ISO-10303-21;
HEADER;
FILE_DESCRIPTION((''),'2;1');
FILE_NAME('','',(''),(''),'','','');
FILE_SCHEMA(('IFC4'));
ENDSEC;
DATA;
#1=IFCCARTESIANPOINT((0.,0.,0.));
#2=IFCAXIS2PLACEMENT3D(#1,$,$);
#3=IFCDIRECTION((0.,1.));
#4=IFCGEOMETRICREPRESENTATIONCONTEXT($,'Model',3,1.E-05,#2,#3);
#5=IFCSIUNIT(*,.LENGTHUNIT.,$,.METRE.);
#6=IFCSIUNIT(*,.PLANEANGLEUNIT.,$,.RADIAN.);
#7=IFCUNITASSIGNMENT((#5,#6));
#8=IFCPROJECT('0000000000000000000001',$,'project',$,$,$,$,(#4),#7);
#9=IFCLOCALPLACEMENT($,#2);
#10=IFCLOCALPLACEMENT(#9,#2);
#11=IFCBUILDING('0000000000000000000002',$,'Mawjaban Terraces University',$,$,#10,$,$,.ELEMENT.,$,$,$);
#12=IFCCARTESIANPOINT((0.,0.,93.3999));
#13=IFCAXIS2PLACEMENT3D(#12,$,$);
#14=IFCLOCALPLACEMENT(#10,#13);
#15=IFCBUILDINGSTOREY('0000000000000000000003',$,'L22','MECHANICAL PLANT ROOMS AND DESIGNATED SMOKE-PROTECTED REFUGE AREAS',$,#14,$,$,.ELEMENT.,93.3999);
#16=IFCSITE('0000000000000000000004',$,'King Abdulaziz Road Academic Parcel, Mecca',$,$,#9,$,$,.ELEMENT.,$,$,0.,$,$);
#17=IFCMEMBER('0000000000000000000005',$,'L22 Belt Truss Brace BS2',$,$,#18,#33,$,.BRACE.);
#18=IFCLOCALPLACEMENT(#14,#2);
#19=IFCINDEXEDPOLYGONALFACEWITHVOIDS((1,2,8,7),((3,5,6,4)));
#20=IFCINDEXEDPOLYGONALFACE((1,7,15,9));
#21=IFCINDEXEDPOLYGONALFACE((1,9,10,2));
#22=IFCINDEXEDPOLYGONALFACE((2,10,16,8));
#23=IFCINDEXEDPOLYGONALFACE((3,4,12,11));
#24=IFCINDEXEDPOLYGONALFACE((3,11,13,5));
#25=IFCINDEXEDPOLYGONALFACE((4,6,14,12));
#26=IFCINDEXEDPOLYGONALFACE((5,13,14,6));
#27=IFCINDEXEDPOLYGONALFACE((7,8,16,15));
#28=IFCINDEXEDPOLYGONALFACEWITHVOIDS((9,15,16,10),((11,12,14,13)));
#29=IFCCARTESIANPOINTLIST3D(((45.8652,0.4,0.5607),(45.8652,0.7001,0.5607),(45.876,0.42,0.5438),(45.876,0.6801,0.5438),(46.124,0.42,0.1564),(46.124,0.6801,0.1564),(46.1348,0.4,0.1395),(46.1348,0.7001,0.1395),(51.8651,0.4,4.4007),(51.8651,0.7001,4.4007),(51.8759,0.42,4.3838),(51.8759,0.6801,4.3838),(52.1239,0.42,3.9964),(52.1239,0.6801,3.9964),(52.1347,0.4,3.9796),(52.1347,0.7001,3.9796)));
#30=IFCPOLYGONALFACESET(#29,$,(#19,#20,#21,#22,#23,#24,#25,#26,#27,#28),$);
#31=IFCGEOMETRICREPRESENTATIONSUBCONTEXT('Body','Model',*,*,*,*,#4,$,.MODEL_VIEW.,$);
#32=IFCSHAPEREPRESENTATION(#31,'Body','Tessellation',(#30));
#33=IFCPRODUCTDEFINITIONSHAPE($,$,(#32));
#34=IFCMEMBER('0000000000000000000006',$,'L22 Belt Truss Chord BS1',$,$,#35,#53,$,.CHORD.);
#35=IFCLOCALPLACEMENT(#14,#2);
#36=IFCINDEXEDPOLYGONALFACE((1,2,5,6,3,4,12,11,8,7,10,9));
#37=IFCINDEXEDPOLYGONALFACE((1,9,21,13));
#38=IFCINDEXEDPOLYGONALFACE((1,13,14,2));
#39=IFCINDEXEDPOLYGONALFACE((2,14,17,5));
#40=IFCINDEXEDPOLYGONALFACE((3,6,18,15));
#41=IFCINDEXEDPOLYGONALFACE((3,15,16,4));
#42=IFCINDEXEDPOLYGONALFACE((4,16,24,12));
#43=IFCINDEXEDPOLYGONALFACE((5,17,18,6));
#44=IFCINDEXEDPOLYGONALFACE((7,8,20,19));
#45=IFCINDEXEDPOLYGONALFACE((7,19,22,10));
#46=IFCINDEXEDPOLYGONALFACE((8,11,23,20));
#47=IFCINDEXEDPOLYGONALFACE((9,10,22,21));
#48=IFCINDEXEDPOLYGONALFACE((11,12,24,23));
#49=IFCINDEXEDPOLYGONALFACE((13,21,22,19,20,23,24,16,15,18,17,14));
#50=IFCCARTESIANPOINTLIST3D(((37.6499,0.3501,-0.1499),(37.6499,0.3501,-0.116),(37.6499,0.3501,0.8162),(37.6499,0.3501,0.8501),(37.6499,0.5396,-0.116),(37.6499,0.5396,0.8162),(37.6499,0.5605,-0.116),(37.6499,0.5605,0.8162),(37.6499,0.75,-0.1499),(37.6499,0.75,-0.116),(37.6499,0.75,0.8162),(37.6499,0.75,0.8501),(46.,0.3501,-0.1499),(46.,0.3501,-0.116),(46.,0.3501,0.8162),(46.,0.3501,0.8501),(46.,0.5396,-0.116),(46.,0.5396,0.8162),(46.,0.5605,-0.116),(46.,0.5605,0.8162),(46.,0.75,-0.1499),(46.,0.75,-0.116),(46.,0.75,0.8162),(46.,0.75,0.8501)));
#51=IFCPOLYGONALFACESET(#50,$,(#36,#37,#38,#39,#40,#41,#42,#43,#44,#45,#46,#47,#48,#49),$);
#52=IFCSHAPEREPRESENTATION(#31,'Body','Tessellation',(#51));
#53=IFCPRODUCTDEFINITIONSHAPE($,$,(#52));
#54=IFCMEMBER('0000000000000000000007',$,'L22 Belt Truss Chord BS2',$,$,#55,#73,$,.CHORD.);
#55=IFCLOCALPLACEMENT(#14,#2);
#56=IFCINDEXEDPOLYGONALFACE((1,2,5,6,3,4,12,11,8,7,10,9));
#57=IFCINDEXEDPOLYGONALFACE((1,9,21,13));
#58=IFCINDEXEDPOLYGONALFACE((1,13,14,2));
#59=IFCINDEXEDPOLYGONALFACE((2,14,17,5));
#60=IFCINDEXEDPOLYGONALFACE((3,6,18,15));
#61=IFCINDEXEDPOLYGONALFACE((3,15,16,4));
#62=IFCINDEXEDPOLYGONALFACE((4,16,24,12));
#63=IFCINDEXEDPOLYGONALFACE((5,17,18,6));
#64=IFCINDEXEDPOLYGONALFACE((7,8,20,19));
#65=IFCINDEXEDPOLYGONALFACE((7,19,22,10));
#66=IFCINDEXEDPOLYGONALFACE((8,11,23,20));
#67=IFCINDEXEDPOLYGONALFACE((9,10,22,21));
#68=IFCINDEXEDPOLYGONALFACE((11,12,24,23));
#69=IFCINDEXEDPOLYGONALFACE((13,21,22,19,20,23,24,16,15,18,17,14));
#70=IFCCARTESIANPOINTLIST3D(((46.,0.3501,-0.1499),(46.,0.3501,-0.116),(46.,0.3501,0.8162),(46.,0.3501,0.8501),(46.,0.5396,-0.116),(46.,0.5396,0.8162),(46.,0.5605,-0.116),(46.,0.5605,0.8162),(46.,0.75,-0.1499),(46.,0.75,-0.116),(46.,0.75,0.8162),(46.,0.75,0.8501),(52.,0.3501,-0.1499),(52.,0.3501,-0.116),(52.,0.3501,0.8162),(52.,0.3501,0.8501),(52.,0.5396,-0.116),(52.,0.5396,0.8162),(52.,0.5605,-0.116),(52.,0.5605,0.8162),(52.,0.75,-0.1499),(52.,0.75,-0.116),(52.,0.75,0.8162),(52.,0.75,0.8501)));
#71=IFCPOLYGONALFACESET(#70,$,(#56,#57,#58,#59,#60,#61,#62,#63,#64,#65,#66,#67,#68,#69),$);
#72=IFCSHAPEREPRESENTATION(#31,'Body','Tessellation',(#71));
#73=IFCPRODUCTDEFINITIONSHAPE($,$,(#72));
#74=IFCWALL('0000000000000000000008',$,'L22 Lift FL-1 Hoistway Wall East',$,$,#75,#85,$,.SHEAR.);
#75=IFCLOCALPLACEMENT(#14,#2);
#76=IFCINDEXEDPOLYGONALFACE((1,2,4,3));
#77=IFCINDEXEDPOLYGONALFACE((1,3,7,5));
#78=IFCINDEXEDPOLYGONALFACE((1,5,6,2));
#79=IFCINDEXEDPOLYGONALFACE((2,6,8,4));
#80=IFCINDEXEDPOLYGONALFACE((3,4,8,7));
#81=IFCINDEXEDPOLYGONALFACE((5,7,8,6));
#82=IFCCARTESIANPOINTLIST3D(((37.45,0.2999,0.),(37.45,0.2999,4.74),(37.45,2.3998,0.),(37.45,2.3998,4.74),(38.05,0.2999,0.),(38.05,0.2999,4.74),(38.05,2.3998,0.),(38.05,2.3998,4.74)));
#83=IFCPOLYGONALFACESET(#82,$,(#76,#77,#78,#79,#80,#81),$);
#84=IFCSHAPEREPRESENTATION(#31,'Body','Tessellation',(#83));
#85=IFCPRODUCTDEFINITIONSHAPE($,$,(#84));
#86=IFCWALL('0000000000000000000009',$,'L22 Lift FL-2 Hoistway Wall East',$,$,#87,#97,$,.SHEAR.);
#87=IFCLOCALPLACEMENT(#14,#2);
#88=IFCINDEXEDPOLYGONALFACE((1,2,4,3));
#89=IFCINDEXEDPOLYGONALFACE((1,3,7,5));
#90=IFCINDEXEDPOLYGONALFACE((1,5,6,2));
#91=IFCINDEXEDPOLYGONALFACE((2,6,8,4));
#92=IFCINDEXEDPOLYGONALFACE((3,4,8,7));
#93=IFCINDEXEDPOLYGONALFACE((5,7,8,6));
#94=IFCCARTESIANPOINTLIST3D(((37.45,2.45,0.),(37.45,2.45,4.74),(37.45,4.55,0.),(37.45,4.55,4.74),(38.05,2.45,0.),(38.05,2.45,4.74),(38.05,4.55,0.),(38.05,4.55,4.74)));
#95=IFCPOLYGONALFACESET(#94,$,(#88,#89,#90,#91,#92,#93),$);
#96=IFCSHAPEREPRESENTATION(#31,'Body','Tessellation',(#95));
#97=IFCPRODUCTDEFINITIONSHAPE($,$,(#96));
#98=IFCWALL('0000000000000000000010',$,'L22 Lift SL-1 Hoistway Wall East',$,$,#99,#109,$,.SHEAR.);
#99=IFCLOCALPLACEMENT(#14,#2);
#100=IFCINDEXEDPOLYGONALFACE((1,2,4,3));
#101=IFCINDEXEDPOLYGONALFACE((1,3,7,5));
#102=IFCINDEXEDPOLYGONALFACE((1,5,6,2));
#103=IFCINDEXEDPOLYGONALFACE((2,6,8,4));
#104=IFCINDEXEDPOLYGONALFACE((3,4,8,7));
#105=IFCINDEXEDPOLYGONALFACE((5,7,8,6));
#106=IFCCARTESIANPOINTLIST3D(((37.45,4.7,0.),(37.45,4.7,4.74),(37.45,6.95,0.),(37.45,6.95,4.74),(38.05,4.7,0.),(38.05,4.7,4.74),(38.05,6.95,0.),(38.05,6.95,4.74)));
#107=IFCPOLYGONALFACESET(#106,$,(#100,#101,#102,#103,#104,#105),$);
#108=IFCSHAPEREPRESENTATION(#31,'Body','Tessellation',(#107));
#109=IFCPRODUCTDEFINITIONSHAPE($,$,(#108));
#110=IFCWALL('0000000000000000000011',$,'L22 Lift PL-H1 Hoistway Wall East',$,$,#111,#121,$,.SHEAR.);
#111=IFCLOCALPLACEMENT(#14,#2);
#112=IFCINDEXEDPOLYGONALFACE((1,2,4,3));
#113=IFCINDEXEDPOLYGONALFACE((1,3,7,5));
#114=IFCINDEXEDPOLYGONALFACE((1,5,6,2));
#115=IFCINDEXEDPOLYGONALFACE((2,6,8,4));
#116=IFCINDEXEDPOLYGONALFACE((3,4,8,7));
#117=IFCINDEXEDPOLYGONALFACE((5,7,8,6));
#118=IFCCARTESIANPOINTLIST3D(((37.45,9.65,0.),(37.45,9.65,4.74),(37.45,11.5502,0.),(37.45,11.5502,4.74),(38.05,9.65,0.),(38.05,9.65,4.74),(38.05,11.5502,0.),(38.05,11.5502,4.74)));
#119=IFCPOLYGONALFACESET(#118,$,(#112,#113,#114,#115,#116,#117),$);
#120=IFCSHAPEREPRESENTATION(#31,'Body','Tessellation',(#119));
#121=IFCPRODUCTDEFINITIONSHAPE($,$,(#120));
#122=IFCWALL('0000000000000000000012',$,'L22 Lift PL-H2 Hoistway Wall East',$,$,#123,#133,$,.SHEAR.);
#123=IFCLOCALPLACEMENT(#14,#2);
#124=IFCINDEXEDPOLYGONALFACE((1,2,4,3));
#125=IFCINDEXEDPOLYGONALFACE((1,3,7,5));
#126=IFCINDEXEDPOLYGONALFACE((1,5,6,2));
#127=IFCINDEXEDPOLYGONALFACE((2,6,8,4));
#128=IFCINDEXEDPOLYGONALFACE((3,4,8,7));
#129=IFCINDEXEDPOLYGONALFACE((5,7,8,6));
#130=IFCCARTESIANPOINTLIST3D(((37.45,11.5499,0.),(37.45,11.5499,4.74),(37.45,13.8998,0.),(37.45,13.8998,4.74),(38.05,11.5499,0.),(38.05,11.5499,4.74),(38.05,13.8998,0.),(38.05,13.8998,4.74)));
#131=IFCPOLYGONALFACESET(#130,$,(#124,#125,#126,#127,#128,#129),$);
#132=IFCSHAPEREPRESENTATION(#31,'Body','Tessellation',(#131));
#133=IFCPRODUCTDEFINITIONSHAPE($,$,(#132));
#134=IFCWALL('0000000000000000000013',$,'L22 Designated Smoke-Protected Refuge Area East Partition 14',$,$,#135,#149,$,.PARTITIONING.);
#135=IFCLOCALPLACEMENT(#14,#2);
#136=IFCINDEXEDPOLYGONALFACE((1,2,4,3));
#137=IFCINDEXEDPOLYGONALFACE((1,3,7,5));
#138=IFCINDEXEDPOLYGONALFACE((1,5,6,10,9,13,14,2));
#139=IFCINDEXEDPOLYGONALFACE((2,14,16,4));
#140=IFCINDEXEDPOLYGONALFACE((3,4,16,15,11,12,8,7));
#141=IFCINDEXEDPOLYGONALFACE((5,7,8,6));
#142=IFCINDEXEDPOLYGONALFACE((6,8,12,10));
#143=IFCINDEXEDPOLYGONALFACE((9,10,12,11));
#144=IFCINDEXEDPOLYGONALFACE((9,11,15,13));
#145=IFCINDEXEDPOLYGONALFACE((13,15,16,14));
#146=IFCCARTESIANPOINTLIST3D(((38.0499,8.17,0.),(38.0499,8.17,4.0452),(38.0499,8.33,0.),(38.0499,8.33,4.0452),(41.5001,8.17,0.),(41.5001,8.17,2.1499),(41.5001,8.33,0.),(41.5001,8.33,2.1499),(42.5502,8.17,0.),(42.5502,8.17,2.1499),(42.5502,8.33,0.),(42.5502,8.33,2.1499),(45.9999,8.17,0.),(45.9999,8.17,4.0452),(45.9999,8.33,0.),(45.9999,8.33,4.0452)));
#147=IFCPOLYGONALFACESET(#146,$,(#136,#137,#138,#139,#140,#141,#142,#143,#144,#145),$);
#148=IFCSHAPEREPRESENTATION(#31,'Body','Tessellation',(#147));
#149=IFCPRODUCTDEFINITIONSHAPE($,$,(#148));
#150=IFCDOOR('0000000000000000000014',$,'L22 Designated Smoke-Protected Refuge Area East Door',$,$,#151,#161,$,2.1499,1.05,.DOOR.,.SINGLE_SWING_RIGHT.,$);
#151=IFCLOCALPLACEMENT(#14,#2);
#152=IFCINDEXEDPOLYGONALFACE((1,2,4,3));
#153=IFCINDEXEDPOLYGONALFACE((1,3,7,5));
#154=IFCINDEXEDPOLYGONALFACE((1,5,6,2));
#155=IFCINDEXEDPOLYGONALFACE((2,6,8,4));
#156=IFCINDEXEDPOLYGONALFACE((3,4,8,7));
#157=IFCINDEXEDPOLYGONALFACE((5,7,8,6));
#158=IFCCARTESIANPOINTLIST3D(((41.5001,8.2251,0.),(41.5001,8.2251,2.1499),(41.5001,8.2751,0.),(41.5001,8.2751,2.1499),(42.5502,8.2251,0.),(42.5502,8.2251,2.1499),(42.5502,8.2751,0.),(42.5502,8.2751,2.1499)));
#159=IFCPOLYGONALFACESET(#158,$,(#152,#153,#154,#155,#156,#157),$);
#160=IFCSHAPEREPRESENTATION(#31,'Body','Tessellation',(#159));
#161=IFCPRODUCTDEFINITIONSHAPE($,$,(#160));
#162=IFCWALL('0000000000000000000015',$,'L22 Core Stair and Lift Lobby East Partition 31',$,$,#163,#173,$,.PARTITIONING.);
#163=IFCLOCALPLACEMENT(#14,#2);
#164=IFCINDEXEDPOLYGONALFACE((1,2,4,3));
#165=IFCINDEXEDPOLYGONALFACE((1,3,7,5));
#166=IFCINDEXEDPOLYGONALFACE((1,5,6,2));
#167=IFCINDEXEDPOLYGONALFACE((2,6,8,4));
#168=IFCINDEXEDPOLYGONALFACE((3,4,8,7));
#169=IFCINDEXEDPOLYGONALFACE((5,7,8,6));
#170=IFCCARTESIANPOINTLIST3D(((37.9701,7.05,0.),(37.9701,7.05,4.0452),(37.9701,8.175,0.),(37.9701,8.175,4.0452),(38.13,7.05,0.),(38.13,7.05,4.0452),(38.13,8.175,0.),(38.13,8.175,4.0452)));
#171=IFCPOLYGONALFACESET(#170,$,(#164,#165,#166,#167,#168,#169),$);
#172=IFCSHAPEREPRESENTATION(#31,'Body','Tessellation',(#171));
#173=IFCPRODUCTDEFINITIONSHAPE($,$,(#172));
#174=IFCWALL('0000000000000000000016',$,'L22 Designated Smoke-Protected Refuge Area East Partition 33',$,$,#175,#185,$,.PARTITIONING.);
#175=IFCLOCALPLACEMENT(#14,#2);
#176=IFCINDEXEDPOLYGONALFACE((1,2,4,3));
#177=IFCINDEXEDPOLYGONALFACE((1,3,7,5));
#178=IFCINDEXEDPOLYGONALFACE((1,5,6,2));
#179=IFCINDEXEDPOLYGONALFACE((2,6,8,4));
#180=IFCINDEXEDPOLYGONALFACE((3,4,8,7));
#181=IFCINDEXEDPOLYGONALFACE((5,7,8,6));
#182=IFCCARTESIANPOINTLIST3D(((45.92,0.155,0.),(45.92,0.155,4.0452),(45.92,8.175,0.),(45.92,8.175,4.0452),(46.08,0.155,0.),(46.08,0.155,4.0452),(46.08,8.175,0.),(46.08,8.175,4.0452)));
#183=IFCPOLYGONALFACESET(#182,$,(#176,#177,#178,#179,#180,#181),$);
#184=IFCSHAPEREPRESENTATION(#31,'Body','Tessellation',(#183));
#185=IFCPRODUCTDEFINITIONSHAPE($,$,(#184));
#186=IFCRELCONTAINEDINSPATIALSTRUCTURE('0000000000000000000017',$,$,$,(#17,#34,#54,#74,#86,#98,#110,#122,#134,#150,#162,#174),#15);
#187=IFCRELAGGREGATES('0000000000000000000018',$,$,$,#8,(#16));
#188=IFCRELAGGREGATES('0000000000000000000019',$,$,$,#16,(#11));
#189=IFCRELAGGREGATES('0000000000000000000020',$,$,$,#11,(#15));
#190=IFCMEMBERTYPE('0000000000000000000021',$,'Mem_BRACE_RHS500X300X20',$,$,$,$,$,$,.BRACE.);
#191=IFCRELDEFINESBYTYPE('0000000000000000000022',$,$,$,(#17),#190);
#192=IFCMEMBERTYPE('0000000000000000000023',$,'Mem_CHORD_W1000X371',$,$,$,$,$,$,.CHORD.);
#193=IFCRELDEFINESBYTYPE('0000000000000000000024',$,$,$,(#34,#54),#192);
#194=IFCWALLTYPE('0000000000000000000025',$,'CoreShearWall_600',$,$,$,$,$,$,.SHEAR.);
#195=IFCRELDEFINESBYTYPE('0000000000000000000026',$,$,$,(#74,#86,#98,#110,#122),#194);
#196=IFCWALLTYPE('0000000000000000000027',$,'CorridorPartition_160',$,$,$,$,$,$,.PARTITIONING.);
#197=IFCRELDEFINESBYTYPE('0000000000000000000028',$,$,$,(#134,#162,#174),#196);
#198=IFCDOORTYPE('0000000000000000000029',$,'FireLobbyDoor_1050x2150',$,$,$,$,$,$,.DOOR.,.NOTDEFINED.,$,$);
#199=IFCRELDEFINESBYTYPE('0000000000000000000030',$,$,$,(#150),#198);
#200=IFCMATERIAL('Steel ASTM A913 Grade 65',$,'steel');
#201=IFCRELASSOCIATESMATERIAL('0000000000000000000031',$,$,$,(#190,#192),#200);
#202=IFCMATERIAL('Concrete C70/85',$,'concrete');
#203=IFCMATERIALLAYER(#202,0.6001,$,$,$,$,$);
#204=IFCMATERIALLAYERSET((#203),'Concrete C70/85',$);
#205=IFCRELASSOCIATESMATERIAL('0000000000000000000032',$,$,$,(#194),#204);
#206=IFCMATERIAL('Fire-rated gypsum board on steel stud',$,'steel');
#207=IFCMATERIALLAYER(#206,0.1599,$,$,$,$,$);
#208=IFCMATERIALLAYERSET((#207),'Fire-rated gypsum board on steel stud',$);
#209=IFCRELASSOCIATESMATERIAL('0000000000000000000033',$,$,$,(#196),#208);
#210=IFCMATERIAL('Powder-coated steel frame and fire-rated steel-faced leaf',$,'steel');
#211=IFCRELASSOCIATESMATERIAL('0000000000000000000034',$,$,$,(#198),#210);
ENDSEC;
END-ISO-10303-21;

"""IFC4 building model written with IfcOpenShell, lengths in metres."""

from ifc_helpers import new_model, si_unit, direction, frame, frame_2d, origin, origin_2d, place, context, subcontext, project, spatial, rectangle, hollow_rectangle, i_section, extrude, material, layer, layer_set, material_profile, profile_set, type_object, element, fill, save


model = new_model("IFC4")

# Units and contexts
model_context = context("Model", 3, precision=1e-05, world=origin(), true_north=direction((0.0, 1.0)))
body_context = subcontext(model_context, "Body", "Model", "MODEL_VIEW")
ifc_project = project(units=[si_unit("LENGTHUNIT", "METRE"), si_unit("PLANEANGLEUNIT", "RADIAN")], contexts=[model_context])

# Site, building, storey
site_placement = place(None, origin())
site = spatial("IfcSite", under=ifc_project, at=site_placement, Name="King Abdulaziz Road Academic Parcel, Mecca", CompositionType="ELEMENT", RefElevation=0.0)
building_placement = place(site_placement, origin())
building = spatial("IfcBuilding", under=site, at=building_placement, Name="Mawjaban Terraces University", CompositionType="ELEMENT")
storey_placement = place(building_placement, frame((0.0, 0.0, 93.3999)))
storey = spatial("IfcBuildingStorey", under=building, at=storey_placement, Name="L22", Description="MECHANICAL PLANT ROOMS AND DESIGNATED SMOKE-PROTECTED REFUGE AREAS", CompositionType="ELEMENT", Elevation=93.3999)

# Shared definitions
ifc_material_1 = material(Name="Concrete C70/85", Category="concrete")

# Members
ifc_material_2 = material(Name="Steel ASTM A913 Grade 65", Category="steel")
ifc_material_profile_1 = material_profile(ifc_material_2, hollow_rectangle(XDim=0.3, YDim=0.5, WallThickness=0.02, at=origin_2d()), Name="RHS500X300X20")
ifc_profile_set_1 = profile_set([ifc_material_profile_1], Name="Steel ASTM A913 Grade 65")
member_type_1 = type_object("IfcMemberType", Name="Mem_BRACE_RHS500X300X20", PredefinedType="BRACE", material=ifc_profile_set_1)
member_1_placement = place(storey_placement, frame((46.0, 0.55, 0.3501), z_axis=(0.842266, 0.0, 0.539062), x_axis=(0.0, 1.0, 0.0)))
element("IfcMember", 1, at=member_1_placement, inside=storey, type_object=member_type_1, Name="L22 Belt Truss Brace BS2", PredefinedType="BRACE", context=body_context, shape_type="SweptSolid", body=[
    extrude(hollow_rectangle(XDim=0.3, YDim=0.5, WallThickness=0.02, at=origin_2d()), origin(), (0.0, 0.0, 1.0), 7.1235),
])
ifc_material_profile_2 = material_profile(ifc_material_2, i_section(OverallWidth=0.3999, OverallDepth=1.0, WebThickness=0.021, FlangeThickness=0.0339, at=origin_2d()), Name="W1000X371")
ifc_profile_set_2 = profile_set([ifc_material_profile_2], Name="Steel ASTM A913 Grade 65")
member_type_2 = type_object("IfcMemberType", Name="Mem_CHORD_W1000X371", PredefinedType="CHORD", material=ifc_profile_set_2)
member_2_placement = place(storey_placement, frame((37.6499, 0.55, 0.3501), z_axis=(1.0, 0.0, 0.0), x_axis=(0.0, 1.0, 0.0)))
element("IfcMember", 2, at=member_2_placement, inside=storey, type_object=member_type_2, Name="L22 Belt Truss Chord BS1", PredefinedType="CHORD", context=body_context, shape_type="SweptSolid", body=[
    extrude(i_section(OverallWidth=0.3999, OverallDepth=1.0, WebThickness=0.021, FlangeThickness=0.0339, at=origin_2d()), origin(), (0.0, 0.0, 1.0), 8.3501),
])
member_3_placement = place(storey_placement, frame((46.0, 0.55, 0.3501), z_axis=(1.0, 0.0, 0.0), x_axis=(0.0, 1.0, 0.0)))
element("IfcMember", 3, at=member_3_placement, inside=storey, type_object=member_type_2, Name="L22 Belt Truss Chord BS2", PredefinedType="CHORD", context=body_context, shape_type="SweptSolid", body=[
    extrude(i_section(OverallWidth=0.3999, OverallDepth=1.0, WebThickness=0.021, FlangeThickness=0.0339, at=origin_2d()), origin(), (0.0, 0.0, 1.0), 6.0),
])

# Walls
ifc_layer_1 = layer(ifc_material_1, 0.6001)
ifc_layer_set_1 = layer_set([ifc_layer_1], Name="Concrete C70/85")
wall_type_1 = type_object("IfcWallType", Name="CoreShearWall_600", PredefinedType="SHEAR", material=ifc_layer_set_1)
wall_1_placement = place(storey_placement, frame((37.75, 0.3, 0.0), z_axis=(0.0, 0.0, 1.0), x_axis=(0.0, 1.0, 0.0)))
element("IfcWall", 4, at=wall_1_placement, inside=storey, type_object=wall_type_1, Name="L22 Lift FL-1 Hoistway Wall East", PredefinedType="SHEAR", context=body_context, shape_type="SweptSolid", body=[
    extrude(rectangle(XDim=2.0999, YDim=0.6001, at=frame_2d((1.0498, 0.0))), origin(), (0.0, 0.0, 1.0), 4.74),
])
wall_2_placement = place(storey_placement, frame((37.75, 2.45, 0.0), z_axis=(0.0, 0.0, 1.0), x_axis=(0.0, 1.0, 0.0)))
element("IfcWall", 5, at=wall_2_placement, inside=storey, type_object=wall_type_1, Name="L22 Lift FL-2 Hoistway Wall East", PredefinedType="SHEAR", context=body_context, shape_type="SweptSolid", body=[
    extrude(rectangle(XDim=2.1001, YDim=0.6001, at=frame_2d((1.05, 0.0))), origin(), (0.0, 0.0, 1.0), 4.74),
])
wall_3_placement = place(storey_placement, frame((37.75, 4.7, 0.0), z_axis=(0.0, 0.0, 1.0), x_axis=(0.0, 1.0, 0.0)))
element("IfcWall", 6, at=wall_3_placement, inside=storey, type_object=wall_type_1, Name="L22 Lift SL-1 Hoistway Wall East", PredefinedType="SHEAR", context=body_context, shape_type="SweptSolid", body=[
    extrude(rectangle(XDim=2.25, YDim=0.6001, at=frame_2d((1.125, 0.0))), origin(), (0.0, 0.0, 1.0), 4.74),
])
wall_4_placement = place(storey_placement, frame((37.75, 9.6499, 0.0), z_axis=(0.0, 0.0, 1.0), x_axis=(0.0, 1.0, 0.0)))
element("IfcWall", 7, at=wall_4_placement, inside=storey, type_object=wall_type_1, Name="L22 Lift PL-H1 Hoistway Wall East", PredefinedType="SHEAR", context=body_context, shape_type="SweptSolid", body=[
    extrude(rectangle(XDim=1.9001, YDim=0.6001, at=frame_2d((0.9502, 0.0))), origin(), (0.0, 0.0, 1.0), 4.74),
])
wall_5_placement = place(storey_placement, frame((37.75, 11.55, 0.0), z_axis=(0.0, 0.0, 1.0), x_axis=(0.0, 1.0, 0.0)))
element("IfcWall", 8, at=wall_5_placement, inside=storey, type_object=wall_type_1, Name="L22 Lift PL-H2 Hoistway Wall East", PredefinedType="SHEAR", context=body_context, shape_type="SweptSolid", body=[
    extrude(rectangle(XDim=2.3499, YDim=0.6001, at=frame_2d((1.1748, 0.0))), origin(), (0.0, 0.0, 1.0), 4.74),
])

# Wall, opening, door
ifc_material_3 = material(Name="Fire-rated gypsum board on steel stud", Category="steel")
ifc_layer_2 = layer(ifc_material_3, 0.1599)
ifc_layer_set_2 = layer_set([ifc_layer_2], Name="Fire-rated gypsum board on steel stud")
wall_type_2 = type_object("IfcWallType", Name="CorridorPartition_160", PredefinedType="PARTITIONING", material=ifc_layer_set_2)
wall_6_placement = place(storey_placement, frame((46.0, 8.25, 0.0), z_axis=(0.0, 0.0, 1.0), x_axis=(-1.0, 0.0, 0.0)))
wall_6 = element("IfcWall", 9, at=wall_6_placement, inside=storey, type_object=wall_type_2, Name="L22 Designated Smoke-Protected Refuge Area East Partition 14", PredefinedType="PARTITIONING", context=body_context, shape_type="SweptSolid", body=[
    extrude(rectangle(XDim=7.95, YDim=0.1599, at=frame_2d((3.9751, 0.0))), origin(), (0.0, 0.0, 1.0), 4.0452),
])
opening_1_placement = place(wall_6_placement, frame((3.45, 0.0, 0.0)))
opening_1 = element("IfcOpeningElement", 10, at=opening_1_placement, cuts=wall_6, PredefinedType="OPENING", context=body_context, shape_type="SweptSolid", body=[
    extrude(rectangle(XDim=1.05, YDim=2.1499, at=frame_2d((0.5249, 1.075))), frame((0.0, 0.0898, 0.0), z_axis=(0.0, -1.0, 0.0), x_axis=(1.0, 0.0, 0.0)), (0.0, 0.0, 1.0), 0.1799),
])
ifc_material_4 = material(Name="Powder-coated steel frame and fire-rated steel-faced leaf", Category="steel")
door_type_1 = type_object("IfcDoorType", Name="FireLobbyDoor_1050x2150", OperationType="NOTDEFINED", PredefinedType="DOOR", material=ifc_material_4)
door_1_placement = place(opening_1_placement, origin())
door_1 = element("IfcDoor", 11, at=door_1_placement, inside=storey, type_object=door_type_1, Name="L22 Designated Smoke-Protected Refuge Area East Door", OperationType="SINGLE_SWING_RIGHT", OverallHeight=2.1499, OverallWidth=1.05, PredefinedType="DOOR", context=body_context, shape_type="SweptSolid", body=[
    extrude(rectangle(XDim=1.05, YDim=2.1499, at=frame_2d((0.5249, 1.075))), frame((0.0, 0.0249, 0.0), z_axis=(0.0, -1.0, 0.0), x_axis=(1.0, 0.0, 0.0)), (0.0, 0.0, 1.0), 0.05),
])
fill(opening_1, door_1)

# Walls
wall_7_placement = place(storey_placement, frame((38.05, 7.05, 0.0), z_axis=(0.0, 0.0, 1.0), x_axis=(0.0, 1.0, 0.0)))
element("IfcWall", 12, at=wall_7_placement, inside=storey, type_object=wall_type_2, Name="L22 Core Stair and Lift Lobby East Partition 31", PredefinedType="PARTITIONING", context=body_context, shape_type="SweptSolid", body=[
    extrude(rectangle(XDim=1.125, YDim=0.1599, at=frame_2d((0.5625, 0.0))), origin(), (0.0, 0.0, 1.0), 4.0452),
])
wall_8_placement = place(storey_placement, frame((46.0, 0.155, 0.0), z_axis=(0.0, 0.0, 1.0), x_axis=(0.0, 1.0, 0.0)))
element("IfcWall", 13, at=wall_8_placement, inside=storey, type_object=wall_type_2, Name="L22 Designated Smoke-Protected Refuge Area East Partition 33", PredefinedType="PARTITIONING", context=body_context, shape_type="SweptSolid", body=[
    extrude(rectangle(XDim=8.02, YDim=0.1599, at=frame_2d((4.01, 0.0))), origin(), (0.0, 0.0, 1.0), 4.0452),
])

save(model, "model.ifc")
